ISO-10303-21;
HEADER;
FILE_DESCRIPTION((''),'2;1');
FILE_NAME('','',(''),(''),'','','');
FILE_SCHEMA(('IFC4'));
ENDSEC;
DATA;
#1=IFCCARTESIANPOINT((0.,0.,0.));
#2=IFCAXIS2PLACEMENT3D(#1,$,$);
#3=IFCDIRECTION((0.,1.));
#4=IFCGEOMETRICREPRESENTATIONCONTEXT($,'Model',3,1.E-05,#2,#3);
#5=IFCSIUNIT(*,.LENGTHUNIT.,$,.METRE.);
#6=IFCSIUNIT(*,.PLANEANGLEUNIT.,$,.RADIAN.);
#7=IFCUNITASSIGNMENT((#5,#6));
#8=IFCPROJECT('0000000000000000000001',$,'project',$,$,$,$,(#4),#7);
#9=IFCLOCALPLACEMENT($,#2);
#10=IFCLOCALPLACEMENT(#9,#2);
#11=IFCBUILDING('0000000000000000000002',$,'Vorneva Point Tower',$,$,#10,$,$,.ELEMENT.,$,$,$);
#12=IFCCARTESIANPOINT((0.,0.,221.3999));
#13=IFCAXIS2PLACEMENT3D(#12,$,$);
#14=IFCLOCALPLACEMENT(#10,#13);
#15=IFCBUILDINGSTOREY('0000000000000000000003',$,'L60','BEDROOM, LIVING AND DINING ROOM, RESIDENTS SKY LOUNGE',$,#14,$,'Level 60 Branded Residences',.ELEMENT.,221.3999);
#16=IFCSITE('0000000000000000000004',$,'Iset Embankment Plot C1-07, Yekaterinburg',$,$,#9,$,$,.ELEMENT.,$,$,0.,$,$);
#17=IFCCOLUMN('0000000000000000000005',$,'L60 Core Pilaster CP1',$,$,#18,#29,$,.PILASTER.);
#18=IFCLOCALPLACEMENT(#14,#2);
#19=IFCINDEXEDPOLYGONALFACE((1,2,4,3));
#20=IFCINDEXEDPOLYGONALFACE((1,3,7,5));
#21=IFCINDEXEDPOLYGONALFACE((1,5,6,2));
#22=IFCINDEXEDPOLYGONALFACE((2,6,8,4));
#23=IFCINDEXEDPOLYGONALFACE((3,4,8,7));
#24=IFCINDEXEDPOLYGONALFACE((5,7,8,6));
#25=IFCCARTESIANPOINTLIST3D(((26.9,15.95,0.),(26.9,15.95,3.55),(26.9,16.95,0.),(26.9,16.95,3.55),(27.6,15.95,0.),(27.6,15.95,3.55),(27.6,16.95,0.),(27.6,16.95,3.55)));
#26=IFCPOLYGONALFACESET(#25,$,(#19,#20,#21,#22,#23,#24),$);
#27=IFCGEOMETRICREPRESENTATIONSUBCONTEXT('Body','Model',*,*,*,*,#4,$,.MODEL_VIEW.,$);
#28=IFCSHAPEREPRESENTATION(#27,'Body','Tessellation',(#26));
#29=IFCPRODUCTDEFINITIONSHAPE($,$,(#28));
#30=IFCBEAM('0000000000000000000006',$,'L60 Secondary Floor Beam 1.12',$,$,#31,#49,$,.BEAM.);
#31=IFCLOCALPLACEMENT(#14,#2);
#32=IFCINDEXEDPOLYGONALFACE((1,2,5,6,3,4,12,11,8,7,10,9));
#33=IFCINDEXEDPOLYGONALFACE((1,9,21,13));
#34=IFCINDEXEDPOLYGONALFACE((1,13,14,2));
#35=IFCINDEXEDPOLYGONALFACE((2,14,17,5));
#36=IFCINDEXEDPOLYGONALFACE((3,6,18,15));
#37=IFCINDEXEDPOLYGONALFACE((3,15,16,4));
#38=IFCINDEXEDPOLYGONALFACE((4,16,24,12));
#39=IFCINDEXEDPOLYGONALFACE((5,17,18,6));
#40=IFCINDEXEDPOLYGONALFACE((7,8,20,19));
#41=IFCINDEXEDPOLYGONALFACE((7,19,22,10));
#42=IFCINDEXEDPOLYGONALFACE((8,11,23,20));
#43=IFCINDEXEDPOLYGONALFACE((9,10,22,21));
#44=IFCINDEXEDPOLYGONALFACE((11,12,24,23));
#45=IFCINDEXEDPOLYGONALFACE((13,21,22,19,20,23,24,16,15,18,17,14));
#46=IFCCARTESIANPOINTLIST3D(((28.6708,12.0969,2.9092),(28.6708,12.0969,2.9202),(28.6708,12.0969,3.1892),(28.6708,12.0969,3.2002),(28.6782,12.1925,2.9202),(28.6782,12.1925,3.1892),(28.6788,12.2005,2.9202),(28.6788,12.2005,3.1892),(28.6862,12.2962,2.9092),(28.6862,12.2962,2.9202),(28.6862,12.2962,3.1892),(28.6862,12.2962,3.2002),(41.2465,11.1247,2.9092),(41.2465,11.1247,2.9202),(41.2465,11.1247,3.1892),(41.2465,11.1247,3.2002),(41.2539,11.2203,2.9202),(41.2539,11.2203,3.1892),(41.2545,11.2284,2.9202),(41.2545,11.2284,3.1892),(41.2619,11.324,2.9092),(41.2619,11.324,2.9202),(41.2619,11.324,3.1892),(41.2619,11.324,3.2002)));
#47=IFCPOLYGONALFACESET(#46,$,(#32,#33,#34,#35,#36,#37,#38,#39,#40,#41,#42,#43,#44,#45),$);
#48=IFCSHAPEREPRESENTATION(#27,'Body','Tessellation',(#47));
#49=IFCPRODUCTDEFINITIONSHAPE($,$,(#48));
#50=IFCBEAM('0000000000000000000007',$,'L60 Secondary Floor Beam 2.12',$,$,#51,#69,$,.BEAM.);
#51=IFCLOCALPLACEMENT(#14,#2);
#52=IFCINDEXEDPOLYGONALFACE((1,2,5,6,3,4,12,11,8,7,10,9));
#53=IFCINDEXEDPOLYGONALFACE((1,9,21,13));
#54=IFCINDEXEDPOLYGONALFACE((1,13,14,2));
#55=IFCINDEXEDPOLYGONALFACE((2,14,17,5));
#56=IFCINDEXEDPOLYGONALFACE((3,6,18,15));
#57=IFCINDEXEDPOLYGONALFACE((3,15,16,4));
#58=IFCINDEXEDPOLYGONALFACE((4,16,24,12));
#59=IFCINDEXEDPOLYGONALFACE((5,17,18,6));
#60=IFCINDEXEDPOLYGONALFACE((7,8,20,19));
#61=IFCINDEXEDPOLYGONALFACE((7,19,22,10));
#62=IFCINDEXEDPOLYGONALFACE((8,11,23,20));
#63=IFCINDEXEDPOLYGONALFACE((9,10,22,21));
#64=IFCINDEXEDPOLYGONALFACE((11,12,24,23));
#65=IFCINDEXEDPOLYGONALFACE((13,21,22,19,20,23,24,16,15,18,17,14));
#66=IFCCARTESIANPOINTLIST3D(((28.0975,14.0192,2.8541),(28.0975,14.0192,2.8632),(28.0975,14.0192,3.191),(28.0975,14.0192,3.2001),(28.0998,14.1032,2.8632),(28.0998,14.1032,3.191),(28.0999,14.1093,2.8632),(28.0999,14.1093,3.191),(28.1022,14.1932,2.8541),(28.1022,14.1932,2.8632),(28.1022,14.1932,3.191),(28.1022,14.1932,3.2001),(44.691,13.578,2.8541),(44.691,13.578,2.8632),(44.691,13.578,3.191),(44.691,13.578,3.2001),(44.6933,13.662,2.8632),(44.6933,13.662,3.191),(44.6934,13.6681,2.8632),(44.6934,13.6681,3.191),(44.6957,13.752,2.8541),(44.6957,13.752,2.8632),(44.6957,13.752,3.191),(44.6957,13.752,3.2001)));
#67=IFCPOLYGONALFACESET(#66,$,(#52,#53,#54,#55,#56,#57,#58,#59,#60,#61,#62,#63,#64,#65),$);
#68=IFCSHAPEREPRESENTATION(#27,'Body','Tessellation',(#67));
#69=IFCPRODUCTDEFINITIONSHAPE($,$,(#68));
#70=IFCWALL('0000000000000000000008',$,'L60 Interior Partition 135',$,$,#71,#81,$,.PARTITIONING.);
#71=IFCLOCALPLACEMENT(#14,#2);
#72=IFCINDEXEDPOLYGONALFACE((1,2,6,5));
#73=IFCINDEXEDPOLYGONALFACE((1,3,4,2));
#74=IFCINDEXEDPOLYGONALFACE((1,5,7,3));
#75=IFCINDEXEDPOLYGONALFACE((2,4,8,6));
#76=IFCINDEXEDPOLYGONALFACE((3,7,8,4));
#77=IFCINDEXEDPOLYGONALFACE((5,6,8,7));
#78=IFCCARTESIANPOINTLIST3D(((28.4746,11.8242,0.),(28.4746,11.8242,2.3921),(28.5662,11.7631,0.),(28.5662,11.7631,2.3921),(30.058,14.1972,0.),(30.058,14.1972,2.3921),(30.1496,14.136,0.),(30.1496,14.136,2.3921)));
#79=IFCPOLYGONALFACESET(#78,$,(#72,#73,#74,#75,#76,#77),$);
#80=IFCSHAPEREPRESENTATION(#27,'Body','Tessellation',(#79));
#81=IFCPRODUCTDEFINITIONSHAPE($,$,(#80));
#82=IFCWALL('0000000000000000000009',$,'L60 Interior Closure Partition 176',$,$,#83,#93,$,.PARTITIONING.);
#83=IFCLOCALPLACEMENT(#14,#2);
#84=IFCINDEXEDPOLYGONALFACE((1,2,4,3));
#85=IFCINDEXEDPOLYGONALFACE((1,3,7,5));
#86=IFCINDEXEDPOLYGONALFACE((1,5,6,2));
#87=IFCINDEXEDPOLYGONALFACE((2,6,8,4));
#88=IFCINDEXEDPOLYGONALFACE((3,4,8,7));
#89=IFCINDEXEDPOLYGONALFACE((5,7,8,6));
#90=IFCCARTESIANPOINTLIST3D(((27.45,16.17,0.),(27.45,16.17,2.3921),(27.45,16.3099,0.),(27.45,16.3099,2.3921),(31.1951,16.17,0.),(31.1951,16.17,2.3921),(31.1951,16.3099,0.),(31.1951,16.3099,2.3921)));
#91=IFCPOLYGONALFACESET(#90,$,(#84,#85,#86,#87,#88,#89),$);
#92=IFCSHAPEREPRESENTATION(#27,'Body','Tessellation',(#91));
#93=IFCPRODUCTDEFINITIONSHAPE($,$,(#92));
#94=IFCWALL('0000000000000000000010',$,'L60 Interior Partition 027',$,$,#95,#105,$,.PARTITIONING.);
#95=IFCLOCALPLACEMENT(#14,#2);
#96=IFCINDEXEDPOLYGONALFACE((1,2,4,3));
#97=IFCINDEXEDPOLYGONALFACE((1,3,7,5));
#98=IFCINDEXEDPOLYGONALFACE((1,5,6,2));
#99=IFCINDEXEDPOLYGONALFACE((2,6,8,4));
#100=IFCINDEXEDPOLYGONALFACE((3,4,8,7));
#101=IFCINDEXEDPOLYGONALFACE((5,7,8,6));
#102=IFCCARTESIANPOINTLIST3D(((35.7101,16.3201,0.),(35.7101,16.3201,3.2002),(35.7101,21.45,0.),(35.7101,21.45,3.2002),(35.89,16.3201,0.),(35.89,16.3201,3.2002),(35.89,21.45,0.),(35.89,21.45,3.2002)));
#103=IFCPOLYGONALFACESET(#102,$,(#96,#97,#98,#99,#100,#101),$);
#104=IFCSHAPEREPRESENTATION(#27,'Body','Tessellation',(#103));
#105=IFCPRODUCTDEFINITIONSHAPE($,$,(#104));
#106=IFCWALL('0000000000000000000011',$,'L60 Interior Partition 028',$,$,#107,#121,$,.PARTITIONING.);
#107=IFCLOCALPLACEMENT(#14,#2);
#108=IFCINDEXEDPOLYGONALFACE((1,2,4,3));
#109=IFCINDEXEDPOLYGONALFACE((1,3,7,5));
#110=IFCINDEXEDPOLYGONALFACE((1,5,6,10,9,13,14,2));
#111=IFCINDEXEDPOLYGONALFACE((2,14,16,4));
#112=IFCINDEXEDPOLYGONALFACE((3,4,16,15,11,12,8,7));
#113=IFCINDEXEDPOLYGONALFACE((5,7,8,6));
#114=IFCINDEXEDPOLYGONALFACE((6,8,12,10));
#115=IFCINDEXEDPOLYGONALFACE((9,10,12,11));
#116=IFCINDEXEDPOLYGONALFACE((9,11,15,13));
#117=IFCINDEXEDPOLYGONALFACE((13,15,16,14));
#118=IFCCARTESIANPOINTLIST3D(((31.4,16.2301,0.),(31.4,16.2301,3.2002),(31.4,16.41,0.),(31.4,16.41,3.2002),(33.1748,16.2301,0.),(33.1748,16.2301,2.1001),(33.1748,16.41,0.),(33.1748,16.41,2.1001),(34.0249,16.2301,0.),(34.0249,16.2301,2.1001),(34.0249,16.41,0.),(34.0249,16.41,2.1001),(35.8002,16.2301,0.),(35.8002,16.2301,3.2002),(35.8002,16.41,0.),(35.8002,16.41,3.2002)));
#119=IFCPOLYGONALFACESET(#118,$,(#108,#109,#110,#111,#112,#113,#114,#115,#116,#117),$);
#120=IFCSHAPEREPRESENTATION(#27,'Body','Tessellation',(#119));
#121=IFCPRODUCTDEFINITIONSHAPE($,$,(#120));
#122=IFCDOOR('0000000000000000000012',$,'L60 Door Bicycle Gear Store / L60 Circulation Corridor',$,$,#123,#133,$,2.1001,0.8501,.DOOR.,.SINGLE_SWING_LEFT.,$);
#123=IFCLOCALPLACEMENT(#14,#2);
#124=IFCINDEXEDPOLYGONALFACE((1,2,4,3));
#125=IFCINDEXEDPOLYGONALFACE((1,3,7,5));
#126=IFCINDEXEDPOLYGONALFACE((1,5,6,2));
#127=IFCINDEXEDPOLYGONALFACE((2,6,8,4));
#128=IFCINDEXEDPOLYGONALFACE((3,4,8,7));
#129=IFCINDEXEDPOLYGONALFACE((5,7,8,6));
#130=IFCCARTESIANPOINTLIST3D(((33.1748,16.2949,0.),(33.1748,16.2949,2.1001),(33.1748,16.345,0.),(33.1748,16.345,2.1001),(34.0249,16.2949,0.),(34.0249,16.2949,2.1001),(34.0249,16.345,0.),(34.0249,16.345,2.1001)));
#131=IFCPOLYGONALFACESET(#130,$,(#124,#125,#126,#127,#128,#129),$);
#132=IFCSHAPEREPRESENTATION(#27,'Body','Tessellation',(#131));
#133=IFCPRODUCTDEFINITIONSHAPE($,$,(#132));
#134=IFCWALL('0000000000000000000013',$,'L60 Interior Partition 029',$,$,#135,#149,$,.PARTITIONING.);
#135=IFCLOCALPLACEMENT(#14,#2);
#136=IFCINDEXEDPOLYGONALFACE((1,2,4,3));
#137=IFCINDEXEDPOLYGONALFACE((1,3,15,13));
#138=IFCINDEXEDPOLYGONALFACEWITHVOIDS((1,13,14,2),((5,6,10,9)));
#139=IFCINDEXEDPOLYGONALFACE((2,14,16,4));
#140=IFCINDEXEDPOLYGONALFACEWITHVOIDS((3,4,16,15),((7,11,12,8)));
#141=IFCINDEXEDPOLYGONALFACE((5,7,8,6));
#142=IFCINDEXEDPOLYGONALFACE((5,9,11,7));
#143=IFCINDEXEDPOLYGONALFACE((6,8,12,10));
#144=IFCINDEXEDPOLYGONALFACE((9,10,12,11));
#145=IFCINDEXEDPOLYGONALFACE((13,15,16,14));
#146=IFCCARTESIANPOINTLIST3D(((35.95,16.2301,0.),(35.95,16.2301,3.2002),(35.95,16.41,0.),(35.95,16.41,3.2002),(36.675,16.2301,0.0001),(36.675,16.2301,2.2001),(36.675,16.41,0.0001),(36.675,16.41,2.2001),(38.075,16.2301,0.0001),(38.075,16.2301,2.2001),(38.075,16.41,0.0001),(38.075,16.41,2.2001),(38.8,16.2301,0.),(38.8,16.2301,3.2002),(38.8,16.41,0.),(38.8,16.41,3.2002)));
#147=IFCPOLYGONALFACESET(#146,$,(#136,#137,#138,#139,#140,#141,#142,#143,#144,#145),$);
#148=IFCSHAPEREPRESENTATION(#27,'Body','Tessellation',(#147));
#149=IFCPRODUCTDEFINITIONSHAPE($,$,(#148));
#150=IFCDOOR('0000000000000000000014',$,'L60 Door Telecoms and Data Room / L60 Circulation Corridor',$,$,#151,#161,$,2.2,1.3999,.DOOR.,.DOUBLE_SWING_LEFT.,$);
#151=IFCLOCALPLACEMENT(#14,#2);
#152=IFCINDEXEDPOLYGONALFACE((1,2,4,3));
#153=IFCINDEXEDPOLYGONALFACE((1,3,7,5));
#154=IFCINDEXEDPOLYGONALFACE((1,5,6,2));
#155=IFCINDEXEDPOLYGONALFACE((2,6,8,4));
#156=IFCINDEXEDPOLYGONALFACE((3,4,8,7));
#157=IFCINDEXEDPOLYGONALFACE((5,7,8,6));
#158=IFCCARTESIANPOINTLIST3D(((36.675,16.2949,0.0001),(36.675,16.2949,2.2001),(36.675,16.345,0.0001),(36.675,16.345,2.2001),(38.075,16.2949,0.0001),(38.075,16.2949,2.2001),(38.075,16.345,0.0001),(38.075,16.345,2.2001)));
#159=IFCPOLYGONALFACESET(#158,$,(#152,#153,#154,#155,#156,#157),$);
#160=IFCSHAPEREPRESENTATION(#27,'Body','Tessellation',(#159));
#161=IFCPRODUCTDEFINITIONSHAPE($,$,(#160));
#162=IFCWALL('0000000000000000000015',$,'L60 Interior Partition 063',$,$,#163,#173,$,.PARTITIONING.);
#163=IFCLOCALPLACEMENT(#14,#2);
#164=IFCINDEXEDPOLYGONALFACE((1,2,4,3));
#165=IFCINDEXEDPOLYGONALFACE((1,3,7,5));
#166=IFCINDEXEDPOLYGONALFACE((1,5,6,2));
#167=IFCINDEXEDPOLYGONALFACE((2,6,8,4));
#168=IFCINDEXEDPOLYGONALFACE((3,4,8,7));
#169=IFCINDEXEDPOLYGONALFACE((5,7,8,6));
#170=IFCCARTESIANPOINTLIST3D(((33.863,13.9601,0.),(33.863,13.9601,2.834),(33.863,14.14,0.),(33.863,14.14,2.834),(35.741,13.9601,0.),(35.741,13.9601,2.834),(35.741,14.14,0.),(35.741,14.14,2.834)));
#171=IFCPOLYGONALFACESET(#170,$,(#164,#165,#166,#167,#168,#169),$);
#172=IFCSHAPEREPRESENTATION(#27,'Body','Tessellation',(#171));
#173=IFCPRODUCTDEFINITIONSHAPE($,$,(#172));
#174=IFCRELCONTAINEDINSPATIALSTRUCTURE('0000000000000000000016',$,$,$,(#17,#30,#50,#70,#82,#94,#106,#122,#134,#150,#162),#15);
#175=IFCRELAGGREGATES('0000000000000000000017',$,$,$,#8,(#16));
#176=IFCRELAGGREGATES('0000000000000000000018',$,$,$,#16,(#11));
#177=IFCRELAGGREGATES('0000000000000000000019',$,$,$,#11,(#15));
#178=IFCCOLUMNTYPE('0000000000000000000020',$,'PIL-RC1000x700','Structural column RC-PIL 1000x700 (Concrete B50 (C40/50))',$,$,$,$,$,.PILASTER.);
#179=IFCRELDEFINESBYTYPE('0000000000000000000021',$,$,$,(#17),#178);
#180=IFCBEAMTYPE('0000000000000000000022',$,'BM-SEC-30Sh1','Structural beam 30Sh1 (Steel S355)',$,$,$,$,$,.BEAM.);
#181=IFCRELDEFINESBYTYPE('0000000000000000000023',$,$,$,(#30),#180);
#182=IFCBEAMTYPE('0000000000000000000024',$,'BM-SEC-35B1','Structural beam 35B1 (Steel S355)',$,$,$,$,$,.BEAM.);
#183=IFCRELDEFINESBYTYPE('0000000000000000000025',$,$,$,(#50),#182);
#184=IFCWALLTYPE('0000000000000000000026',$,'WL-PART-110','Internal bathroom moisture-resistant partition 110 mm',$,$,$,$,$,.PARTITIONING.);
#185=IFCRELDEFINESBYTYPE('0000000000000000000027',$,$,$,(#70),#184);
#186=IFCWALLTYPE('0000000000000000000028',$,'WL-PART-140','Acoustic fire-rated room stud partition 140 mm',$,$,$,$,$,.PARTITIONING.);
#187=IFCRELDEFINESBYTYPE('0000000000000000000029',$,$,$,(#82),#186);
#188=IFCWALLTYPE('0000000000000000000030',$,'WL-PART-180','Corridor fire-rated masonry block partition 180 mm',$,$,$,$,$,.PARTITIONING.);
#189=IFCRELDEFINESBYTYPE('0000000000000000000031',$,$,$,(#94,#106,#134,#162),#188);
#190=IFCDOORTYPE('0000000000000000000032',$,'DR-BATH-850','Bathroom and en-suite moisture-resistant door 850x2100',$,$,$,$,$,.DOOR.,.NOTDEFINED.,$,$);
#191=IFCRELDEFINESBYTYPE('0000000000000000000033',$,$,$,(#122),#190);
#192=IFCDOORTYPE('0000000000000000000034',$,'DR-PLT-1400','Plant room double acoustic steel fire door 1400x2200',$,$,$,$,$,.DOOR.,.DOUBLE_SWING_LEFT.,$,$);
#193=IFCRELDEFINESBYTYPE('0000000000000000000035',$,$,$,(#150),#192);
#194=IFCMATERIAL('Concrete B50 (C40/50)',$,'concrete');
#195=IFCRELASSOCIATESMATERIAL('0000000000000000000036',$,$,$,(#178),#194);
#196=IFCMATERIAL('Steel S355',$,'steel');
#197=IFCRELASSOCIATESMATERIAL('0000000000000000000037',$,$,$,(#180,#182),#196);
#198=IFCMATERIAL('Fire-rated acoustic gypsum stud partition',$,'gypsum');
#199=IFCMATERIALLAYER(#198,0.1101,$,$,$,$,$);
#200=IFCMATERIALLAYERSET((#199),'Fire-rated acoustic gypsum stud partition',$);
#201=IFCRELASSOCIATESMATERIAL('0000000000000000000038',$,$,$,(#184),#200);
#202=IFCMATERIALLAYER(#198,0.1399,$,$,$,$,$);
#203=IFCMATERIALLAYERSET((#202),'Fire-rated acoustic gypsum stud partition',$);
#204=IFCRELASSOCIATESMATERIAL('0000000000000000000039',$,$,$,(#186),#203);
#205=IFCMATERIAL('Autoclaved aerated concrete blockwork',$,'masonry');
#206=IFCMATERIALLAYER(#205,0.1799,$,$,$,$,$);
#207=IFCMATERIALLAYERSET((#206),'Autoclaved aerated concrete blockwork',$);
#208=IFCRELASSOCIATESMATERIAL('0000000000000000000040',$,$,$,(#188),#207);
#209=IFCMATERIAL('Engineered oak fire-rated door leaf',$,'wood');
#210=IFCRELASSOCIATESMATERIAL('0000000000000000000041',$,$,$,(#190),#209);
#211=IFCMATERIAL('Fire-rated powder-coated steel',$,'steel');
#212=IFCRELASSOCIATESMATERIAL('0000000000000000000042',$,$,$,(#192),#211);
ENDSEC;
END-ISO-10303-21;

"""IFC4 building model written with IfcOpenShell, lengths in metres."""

from ifc_helpers import new_model, si_unit, direction, frame, frame_2d, origin, origin_2d, place, context, subcontext, project, spatial, rectangle, i_section, extrude, material, layer, layer_set, material_profile, profile_set, type_object, element, fill, save


model = new_model("IFC4")

# Units and contexts
model_context = context("Model", 3, precision=1e-05, world=origin(), true_north=direction((0.0, 1.0)))
body_context = subcontext(model_context, "Body", "Model", "MODEL_VIEW")
ifc_project = project(units=[si_unit("LENGTHUNIT", "METRE"), si_unit("PLANEANGLEUNIT", "RADIAN")], contexts=[model_context])

# Site, building, storey
site_placement = place(None, origin())
site = spatial("IfcSite", under=ifc_project, at=site_placement, Name="Iset Embankment Plot C1-07, Yekaterinburg", CompositionType="ELEMENT", RefElevation=0.0)
building_placement = place(site_placement, origin())
building = spatial("IfcBuilding", under=site, at=building_placement, Name="Vorneva Point Tower", CompositionType="ELEMENT")
storey_placement = place(building_placement, frame((0.0, 0.0, 221.3999)))
storey = spatial("IfcBuildingStorey", under=building, at=storey_placement, Name="L60", Description="BEDROOM, LIVING AND DINING ROOM, RESIDENTS SKY LOUNGE", LongName="Level 60 Branded Residences", CompositionType="ELEMENT", Elevation=221.3999)

# Column
ifc_material_1 = material(Name="Concrete B50 (C40/50)", Category="concrete")
ifc_material_profile_1 = material_profile(ifc_material_1, rectangle(XDim=0.7, YDim=1.0, at=origin_2d()), Name="RC-PIL 1000x700")
ifc_profile_set_1 = profile_set([ifc_material_profile_1], Name="Concrete B50 (C40/50)")
column_type = type_object("IfcColumnType", Name="PIL-RC1000x700", Description="Structural column RC-PIL 1000x700 (Concrete B50 (C40/50))", PredefinedType="PILASTER", material=ifc_profile_set_1)
column_placement = place(storey_placement, frame((27.25, 16.45, 0.0), z_axis=(0.0, 0.0, 1.0), x_axis=(1.0, 0.0, 0.0)))
element("IfcColumn", 1, at=column_placement, inside=storey, type_object=column_type, Name="L60 Core Pilaster CP1", PredefinedType="PILASTER", context=body_context, shape_type="SweptSolid", body=[
    extrude(rectangle(XDim=0.7, YDim=1.0, at=origin_2d()), origin(), (0.0, 0.0, 1.0), 3.55),
])

# Beams
ifc_material_2 = material(Name="Steel S355", Category="steel")
ifc_material_profile_2 = material_profile(ifc_material_2, i_section(OverallWidth=0.2, OverallDepth=0.291, WebThickness=0.0081, FlangeThickness=0.011, at=origin_2d()), Name="30Sh1")
ifc_profile_set_2 = profile_set([ifc_material_profile_2], Name="Steel S355")
beam_type_1 = type_object("IfcBeamType", Name="BM-SEC-30Sh1", Description="Structural beam 30Sh1 (Steel S355)", PredefinedType="BEAM", material=ifc_profile_set_2)
beam_1_placement = place(storey_placement, frame((28.6785, 12.1965, 3.0547), z_axis=(0.997025, -0.077075, 0.0), x_axis=(0.077075, 0.997025, 0.0)))
element("IfcBeam", 2, at=beam_1_placement, inside=storey, type_object=beam_type_1, Name="L60 Secondary Floor Beam 1.12", PredefinedType="BEAM", context=body_context, shape_type="SweptSolid", body=[
    extrude(i_section(OverallWidth=0.2, OverallDepth=0.291, WebThickness=0.0081, FlangeThickness=0.011, at=origin_2d()), origin(), (0.0, 0.0, 1.0), 12.6133),
])
ifc_material_profile_3 = material_profile(ifc_material_2, i_section(OverallWidth=0.1741, OverallDepth=0.3459, WebThickness=0.0061, FlangeThickness=0.009, at=origin_2d()), Name="35B1")
ifc_profile_set_3 = profile_set([ifc_material_profile_3], Name="Steel S355")
beam_type_2 = type_object("IfcBeamType", Name="BM-SEC-35B1", Description="Structural beam 35B1 (Steel S355)", PredefinedType="BEAM", material=ifc_profile_set_3)
beam_2_placement = place(storey_placement, frame((28.0999, 14.1062, 3.0271), z_axis=(0.999647, -0.026577, 0.0), x_axis=(0.026577, 0.999647, 0.0)))
element("IfcBeam", 3, at=beam_2_placement, inside=storey, type_object=beam_type_2, Name="L60 Secondary Floor Beam 2.12", PredefinedType="BEAM", context=body_context, shape_type="SweptSolid", body=[
    extrude(i_section(OverallWidth=0.1741, OverallDepth=0.3459, WebThickness=0.0061, FlangeThickness=0.009, at=origin_2d()), origin(), (0.0, 0.0, 1.0), 16.5994),
])

# Walls
ifc_material_3 = material(Name="Fire-rated acoustic gypsum stud partition", Category="gypsum")
ifc_layer_1 = layer(ifc_material_3, 0.1101)
ifc_layer_set_1 = layer_set([ifc_layer_1], Name="Fire-rated acoustic gypsum stud partition")
wall_type_1 = type_object("IfcWallType", Name="WL-PART-110", Description="Internal bathroom moisture-resistant partition 110 mm", PredefinedType="PARTITIONING", material=ifc_layer_set_1)
wall_1_placement = place(storey_placement, frame((30.1038, 14.1665, 0.0), z_axis=(0.0, 0.0, 1.0), x_axis=(-0.555056, -0.831813, 0.0)))
element("IfcWall", 4, at=wall_1_placement, inside=storey, type_object=wall_type_1, Name="L60 Interior Partition 135", PredefinedType="PARTITIONING", context=body_context, shape_type="SweptSolid", body=[
    extrude(rectangle(XDim=2.8528, YDim=0.1101, at=frame_2d((1.4263, 0.0))), origin(), (0.0, 0.0, 1.0), 2.3921),
])
ifc_layer_2 = layer(ifc_material_3, 0.1399)
ifc_layer_set_2 = layer_set([ifc_layer_2], Name="Fire-rated acoustic gypsum stud partition")
wall_type_2 = type_object("IfcWallType", Name="WL-PART-140", Description="Acoustic fire-rated room stud partition 140 mm", PredefinedType="PARTITIONING", material=ifc_layer_set_2)
wall_2_placement = place(storey_placement, frame((27.45, 16.24, 0.0), z_axis=(0.0, 0.0, 1.0), x_axis=(1.0, 0.0, 0.0)))
element("IfcWall", 5, at=wall_2_placement, inside=storey, type_object=wall_type_2, Name="L60 Interior Closure Partition 176", PredefinedType="PARTITIONING", context=body_context, shape_type="SweptSolid", body=[
    extrude(rectangle(XDim=3.7451, YDim=0.1399, at=frame_2d((1.8726, 0.0))), origin(), (0.0, 0.0, 1.0), 2.3921),
])
ifc_material_4 = material(Name="Autoclaved aerated concrete blockwork", Category="masonry")
ifc_layer_3 = layer(ifc_material_4, 0.1799)
ifc_layer_set_3 = layer_set([ifc_layer_3], Name="Autoclaved aerated concrete blockwork")
wall_type_3 = type_object("IfcWallType", Name="WL-PART-180", Description="Corridor fire-rated masonry block partition 180 mm", PredefinedType="PARTITIONING", material=ifc_layer_set_3)
wall_3_placement = place(storey_placement, frame((35.8, 16.3201, 0.0), z_axis=(0.0, 0.0, 1.0), x_axis=(0.0, 1.0, 0.0)))
element("IfcWall", 6, at=wall_3_placement, inside=storey, type_object=wall_type_3, Name="L60 Interior Partition 027", PredefinedType="PARTITIONING", context=body_context, shape_type="SweptSolid", body=[
    extrude(rectangle(XDim=5.1299, YDim=0.1799, at=frame_2d((2.5649, 0.0))), origin(), (0.0, 0.0, 1.0), 3.2002),
])

# Walls, openings, doors
wall_4_placement = place(storey_placement, frame((31.3999, 16.3201, 0.0), z_axis=(0.0, 0.0, 1.0), x_axis=(1.0, 0.0, 0.0)))
wall_4 = element("IfcWall", 7, at=wall_4_placement, inside=storey, type_object=wall_type_3, Name="L60 Interior Partition 028", PredefinedType="PARTITIONING", context=body_context, shape_type="SweptSolid", body=[
    extrude(rectangle(XDim=4.4001, YDim=0.1799, at=frame_2d((2.2002, 0.0))), origin(), (0.0, 0.0, 1.0), 3.2002),
])
opening_1_placement = place(wall_4_placement, frame((1.7749, 0.0, 0.0)))
opening_1 = element("IfcOpeningElement", 8, at=opening_1_placement, cuts=wall_4, PredefinedType="OPENING", context=body_context, shape_type="SweptSolid", body=[
    extrude(rectangle(XDim=0.8501, YDim=2.1001, at=frame_2d((0.425, 1.05))), frame((0.0, 0.105, 0.0), z_axis=(0.0, -1.0, 0.0), x_axis=(1.0, 0.0, 0.0)), (0.0, 0.0, 1.0), 0.2097),
])
ifc_material_5 = material(Name="Engineered oak fire-rated door leaf", Category="wood")
door_type_1 = type_object("IfcDoorType", Name="DR-BATH-850", Description="Bathroom and en-suite moisture-resistant door 850x2100", OperationType="NOTDEFINED", PredefinedType="DOOR", material=ifc_material_5)
door_1_placement = place(opening_1_placement, origin())
door_1 = element("IfcDoor", 9, at=door_1_placement, inside=storey, type_object=door_type_1, Name="L60 Door Bicycle Gear Store / L60 Circulation Corridor", OperationType="SINGLE_SWING_LEFT", OverallHeight=2.1001, OverallWidth=0.8501, PredefinedType="DOOR", context=body_context, shape_type="SweptSolid", body=[
    extrude(rectangle(XDim=0.8501, YDim=2.1001, at=frame_2d((0.425, 1.05))), frame((0.0, 0.0249, 0.0), z_axis=(0.0, -1.0, 0.0), x_axis=(1.0, 0.0, 0.0)), (0.0, 0.0, 1.0), 0.05),
])
fill(opening_1, door_1)
wall_5_placement = place(storey_placement, frame((35.95, 16.3201, 0.0), z_axis=(0.0, 0.0, 1.0), x_axis=(1.0, 0.0, 0.0)))
wall_5 = element("IfcWall", 10, at=wall_5_placement, inside=storey, type_object=wall_type_3, Name="L60 Interior Partition 029", PredefinedType="PARTITIONING", context=body_context, shape_type="SweptSolid", body=[
    extrude(rectangle(XDim=2.8501, YDim=0.1799, at=frame_2d((1.425, 0.0))), origin(), (0.0, 0.0, 1.0), 3.2002),
])
opening_2_placement = place(wall_5_placement, frame((0.7251, 0.0, 0.0)))
opening_2 = element("IfcOpeningElement", 11, at=opening_2_placement, cuts=wall_5, PredefinedType="OPENING", context=body_context, shape_type="SweptSolid", body=[
    extrude(rectangle(XDim=1.3999, YDim=2.2, at=frame_2d((0.7, 1.1001))), frame((0.0, 0.105, 0.0), z_axis=(0.0, -1.0, 0.0), x_axis=(1.0, 0.0, 0.0)), (0.0, 0.0, 1.0), 0.2097),
])
ifc_material_6 = material(Name="Fire-rated powder-coated steel", Category="steel")
door_type_2 = type_object("IfcDoorType", Name="DR-PLT-1400", Description="Plant room double acoustic steel fire door 1400x2200", OperationType="DOUBLE_SWING_LEFT", PredefinedType="DOOR", material=ifc_material_6)
door_2_placement = place(opening_2_placement, origin())
door_2 = element("IfcDoor", 12, at=door_2_placement, inside=storey, type_object=door_type_2, Name="L60 Door Telecoms and Data Room / L60 Circulation Corridor", OperationType="DOUBLE_SWING_LEFT", OverallHeight=2.2, OverallWidth=1.3999, PredefinedType="DOOR", context=body_context, shape_type="SweptSolid", body=[
    extrude(rectangle(XDim=1.3999, YDim=2.2, at=frame_2d((0.7, 1.1001))), frame((0.0, 0.0249, 0.0), z_axis=(0.0, -1.0, 0.0), x_axis=(1.0, 0.0, 0.0)), (0.0, 0.0, 1.0), 0.05),
])
fill(opening_2, door_2)

# Wall
wall_6_placement = place(storey_placement, frame((33.863, 14.05, 0.0), z_axis=(0.0, 0.0, 1.0), x_axis=(1.0, 0.0, 0.0)))
element("IfcWall", 13, at=wall_6_placement, inside=storey, type_object=wall_type_3, Name="L60 Interior Partition 063", PredefinedType="PARTITIONING", context=body_context, shape_type="SweptSolid", body=[
    extrude(rectangle(XDim=1.8779, YDim=0.1799, at=frame_2d((0.939, 0.0))), origin(), (0.0, 0.0, 1.0), 2.834),
])

save(model, "model.ifc")
